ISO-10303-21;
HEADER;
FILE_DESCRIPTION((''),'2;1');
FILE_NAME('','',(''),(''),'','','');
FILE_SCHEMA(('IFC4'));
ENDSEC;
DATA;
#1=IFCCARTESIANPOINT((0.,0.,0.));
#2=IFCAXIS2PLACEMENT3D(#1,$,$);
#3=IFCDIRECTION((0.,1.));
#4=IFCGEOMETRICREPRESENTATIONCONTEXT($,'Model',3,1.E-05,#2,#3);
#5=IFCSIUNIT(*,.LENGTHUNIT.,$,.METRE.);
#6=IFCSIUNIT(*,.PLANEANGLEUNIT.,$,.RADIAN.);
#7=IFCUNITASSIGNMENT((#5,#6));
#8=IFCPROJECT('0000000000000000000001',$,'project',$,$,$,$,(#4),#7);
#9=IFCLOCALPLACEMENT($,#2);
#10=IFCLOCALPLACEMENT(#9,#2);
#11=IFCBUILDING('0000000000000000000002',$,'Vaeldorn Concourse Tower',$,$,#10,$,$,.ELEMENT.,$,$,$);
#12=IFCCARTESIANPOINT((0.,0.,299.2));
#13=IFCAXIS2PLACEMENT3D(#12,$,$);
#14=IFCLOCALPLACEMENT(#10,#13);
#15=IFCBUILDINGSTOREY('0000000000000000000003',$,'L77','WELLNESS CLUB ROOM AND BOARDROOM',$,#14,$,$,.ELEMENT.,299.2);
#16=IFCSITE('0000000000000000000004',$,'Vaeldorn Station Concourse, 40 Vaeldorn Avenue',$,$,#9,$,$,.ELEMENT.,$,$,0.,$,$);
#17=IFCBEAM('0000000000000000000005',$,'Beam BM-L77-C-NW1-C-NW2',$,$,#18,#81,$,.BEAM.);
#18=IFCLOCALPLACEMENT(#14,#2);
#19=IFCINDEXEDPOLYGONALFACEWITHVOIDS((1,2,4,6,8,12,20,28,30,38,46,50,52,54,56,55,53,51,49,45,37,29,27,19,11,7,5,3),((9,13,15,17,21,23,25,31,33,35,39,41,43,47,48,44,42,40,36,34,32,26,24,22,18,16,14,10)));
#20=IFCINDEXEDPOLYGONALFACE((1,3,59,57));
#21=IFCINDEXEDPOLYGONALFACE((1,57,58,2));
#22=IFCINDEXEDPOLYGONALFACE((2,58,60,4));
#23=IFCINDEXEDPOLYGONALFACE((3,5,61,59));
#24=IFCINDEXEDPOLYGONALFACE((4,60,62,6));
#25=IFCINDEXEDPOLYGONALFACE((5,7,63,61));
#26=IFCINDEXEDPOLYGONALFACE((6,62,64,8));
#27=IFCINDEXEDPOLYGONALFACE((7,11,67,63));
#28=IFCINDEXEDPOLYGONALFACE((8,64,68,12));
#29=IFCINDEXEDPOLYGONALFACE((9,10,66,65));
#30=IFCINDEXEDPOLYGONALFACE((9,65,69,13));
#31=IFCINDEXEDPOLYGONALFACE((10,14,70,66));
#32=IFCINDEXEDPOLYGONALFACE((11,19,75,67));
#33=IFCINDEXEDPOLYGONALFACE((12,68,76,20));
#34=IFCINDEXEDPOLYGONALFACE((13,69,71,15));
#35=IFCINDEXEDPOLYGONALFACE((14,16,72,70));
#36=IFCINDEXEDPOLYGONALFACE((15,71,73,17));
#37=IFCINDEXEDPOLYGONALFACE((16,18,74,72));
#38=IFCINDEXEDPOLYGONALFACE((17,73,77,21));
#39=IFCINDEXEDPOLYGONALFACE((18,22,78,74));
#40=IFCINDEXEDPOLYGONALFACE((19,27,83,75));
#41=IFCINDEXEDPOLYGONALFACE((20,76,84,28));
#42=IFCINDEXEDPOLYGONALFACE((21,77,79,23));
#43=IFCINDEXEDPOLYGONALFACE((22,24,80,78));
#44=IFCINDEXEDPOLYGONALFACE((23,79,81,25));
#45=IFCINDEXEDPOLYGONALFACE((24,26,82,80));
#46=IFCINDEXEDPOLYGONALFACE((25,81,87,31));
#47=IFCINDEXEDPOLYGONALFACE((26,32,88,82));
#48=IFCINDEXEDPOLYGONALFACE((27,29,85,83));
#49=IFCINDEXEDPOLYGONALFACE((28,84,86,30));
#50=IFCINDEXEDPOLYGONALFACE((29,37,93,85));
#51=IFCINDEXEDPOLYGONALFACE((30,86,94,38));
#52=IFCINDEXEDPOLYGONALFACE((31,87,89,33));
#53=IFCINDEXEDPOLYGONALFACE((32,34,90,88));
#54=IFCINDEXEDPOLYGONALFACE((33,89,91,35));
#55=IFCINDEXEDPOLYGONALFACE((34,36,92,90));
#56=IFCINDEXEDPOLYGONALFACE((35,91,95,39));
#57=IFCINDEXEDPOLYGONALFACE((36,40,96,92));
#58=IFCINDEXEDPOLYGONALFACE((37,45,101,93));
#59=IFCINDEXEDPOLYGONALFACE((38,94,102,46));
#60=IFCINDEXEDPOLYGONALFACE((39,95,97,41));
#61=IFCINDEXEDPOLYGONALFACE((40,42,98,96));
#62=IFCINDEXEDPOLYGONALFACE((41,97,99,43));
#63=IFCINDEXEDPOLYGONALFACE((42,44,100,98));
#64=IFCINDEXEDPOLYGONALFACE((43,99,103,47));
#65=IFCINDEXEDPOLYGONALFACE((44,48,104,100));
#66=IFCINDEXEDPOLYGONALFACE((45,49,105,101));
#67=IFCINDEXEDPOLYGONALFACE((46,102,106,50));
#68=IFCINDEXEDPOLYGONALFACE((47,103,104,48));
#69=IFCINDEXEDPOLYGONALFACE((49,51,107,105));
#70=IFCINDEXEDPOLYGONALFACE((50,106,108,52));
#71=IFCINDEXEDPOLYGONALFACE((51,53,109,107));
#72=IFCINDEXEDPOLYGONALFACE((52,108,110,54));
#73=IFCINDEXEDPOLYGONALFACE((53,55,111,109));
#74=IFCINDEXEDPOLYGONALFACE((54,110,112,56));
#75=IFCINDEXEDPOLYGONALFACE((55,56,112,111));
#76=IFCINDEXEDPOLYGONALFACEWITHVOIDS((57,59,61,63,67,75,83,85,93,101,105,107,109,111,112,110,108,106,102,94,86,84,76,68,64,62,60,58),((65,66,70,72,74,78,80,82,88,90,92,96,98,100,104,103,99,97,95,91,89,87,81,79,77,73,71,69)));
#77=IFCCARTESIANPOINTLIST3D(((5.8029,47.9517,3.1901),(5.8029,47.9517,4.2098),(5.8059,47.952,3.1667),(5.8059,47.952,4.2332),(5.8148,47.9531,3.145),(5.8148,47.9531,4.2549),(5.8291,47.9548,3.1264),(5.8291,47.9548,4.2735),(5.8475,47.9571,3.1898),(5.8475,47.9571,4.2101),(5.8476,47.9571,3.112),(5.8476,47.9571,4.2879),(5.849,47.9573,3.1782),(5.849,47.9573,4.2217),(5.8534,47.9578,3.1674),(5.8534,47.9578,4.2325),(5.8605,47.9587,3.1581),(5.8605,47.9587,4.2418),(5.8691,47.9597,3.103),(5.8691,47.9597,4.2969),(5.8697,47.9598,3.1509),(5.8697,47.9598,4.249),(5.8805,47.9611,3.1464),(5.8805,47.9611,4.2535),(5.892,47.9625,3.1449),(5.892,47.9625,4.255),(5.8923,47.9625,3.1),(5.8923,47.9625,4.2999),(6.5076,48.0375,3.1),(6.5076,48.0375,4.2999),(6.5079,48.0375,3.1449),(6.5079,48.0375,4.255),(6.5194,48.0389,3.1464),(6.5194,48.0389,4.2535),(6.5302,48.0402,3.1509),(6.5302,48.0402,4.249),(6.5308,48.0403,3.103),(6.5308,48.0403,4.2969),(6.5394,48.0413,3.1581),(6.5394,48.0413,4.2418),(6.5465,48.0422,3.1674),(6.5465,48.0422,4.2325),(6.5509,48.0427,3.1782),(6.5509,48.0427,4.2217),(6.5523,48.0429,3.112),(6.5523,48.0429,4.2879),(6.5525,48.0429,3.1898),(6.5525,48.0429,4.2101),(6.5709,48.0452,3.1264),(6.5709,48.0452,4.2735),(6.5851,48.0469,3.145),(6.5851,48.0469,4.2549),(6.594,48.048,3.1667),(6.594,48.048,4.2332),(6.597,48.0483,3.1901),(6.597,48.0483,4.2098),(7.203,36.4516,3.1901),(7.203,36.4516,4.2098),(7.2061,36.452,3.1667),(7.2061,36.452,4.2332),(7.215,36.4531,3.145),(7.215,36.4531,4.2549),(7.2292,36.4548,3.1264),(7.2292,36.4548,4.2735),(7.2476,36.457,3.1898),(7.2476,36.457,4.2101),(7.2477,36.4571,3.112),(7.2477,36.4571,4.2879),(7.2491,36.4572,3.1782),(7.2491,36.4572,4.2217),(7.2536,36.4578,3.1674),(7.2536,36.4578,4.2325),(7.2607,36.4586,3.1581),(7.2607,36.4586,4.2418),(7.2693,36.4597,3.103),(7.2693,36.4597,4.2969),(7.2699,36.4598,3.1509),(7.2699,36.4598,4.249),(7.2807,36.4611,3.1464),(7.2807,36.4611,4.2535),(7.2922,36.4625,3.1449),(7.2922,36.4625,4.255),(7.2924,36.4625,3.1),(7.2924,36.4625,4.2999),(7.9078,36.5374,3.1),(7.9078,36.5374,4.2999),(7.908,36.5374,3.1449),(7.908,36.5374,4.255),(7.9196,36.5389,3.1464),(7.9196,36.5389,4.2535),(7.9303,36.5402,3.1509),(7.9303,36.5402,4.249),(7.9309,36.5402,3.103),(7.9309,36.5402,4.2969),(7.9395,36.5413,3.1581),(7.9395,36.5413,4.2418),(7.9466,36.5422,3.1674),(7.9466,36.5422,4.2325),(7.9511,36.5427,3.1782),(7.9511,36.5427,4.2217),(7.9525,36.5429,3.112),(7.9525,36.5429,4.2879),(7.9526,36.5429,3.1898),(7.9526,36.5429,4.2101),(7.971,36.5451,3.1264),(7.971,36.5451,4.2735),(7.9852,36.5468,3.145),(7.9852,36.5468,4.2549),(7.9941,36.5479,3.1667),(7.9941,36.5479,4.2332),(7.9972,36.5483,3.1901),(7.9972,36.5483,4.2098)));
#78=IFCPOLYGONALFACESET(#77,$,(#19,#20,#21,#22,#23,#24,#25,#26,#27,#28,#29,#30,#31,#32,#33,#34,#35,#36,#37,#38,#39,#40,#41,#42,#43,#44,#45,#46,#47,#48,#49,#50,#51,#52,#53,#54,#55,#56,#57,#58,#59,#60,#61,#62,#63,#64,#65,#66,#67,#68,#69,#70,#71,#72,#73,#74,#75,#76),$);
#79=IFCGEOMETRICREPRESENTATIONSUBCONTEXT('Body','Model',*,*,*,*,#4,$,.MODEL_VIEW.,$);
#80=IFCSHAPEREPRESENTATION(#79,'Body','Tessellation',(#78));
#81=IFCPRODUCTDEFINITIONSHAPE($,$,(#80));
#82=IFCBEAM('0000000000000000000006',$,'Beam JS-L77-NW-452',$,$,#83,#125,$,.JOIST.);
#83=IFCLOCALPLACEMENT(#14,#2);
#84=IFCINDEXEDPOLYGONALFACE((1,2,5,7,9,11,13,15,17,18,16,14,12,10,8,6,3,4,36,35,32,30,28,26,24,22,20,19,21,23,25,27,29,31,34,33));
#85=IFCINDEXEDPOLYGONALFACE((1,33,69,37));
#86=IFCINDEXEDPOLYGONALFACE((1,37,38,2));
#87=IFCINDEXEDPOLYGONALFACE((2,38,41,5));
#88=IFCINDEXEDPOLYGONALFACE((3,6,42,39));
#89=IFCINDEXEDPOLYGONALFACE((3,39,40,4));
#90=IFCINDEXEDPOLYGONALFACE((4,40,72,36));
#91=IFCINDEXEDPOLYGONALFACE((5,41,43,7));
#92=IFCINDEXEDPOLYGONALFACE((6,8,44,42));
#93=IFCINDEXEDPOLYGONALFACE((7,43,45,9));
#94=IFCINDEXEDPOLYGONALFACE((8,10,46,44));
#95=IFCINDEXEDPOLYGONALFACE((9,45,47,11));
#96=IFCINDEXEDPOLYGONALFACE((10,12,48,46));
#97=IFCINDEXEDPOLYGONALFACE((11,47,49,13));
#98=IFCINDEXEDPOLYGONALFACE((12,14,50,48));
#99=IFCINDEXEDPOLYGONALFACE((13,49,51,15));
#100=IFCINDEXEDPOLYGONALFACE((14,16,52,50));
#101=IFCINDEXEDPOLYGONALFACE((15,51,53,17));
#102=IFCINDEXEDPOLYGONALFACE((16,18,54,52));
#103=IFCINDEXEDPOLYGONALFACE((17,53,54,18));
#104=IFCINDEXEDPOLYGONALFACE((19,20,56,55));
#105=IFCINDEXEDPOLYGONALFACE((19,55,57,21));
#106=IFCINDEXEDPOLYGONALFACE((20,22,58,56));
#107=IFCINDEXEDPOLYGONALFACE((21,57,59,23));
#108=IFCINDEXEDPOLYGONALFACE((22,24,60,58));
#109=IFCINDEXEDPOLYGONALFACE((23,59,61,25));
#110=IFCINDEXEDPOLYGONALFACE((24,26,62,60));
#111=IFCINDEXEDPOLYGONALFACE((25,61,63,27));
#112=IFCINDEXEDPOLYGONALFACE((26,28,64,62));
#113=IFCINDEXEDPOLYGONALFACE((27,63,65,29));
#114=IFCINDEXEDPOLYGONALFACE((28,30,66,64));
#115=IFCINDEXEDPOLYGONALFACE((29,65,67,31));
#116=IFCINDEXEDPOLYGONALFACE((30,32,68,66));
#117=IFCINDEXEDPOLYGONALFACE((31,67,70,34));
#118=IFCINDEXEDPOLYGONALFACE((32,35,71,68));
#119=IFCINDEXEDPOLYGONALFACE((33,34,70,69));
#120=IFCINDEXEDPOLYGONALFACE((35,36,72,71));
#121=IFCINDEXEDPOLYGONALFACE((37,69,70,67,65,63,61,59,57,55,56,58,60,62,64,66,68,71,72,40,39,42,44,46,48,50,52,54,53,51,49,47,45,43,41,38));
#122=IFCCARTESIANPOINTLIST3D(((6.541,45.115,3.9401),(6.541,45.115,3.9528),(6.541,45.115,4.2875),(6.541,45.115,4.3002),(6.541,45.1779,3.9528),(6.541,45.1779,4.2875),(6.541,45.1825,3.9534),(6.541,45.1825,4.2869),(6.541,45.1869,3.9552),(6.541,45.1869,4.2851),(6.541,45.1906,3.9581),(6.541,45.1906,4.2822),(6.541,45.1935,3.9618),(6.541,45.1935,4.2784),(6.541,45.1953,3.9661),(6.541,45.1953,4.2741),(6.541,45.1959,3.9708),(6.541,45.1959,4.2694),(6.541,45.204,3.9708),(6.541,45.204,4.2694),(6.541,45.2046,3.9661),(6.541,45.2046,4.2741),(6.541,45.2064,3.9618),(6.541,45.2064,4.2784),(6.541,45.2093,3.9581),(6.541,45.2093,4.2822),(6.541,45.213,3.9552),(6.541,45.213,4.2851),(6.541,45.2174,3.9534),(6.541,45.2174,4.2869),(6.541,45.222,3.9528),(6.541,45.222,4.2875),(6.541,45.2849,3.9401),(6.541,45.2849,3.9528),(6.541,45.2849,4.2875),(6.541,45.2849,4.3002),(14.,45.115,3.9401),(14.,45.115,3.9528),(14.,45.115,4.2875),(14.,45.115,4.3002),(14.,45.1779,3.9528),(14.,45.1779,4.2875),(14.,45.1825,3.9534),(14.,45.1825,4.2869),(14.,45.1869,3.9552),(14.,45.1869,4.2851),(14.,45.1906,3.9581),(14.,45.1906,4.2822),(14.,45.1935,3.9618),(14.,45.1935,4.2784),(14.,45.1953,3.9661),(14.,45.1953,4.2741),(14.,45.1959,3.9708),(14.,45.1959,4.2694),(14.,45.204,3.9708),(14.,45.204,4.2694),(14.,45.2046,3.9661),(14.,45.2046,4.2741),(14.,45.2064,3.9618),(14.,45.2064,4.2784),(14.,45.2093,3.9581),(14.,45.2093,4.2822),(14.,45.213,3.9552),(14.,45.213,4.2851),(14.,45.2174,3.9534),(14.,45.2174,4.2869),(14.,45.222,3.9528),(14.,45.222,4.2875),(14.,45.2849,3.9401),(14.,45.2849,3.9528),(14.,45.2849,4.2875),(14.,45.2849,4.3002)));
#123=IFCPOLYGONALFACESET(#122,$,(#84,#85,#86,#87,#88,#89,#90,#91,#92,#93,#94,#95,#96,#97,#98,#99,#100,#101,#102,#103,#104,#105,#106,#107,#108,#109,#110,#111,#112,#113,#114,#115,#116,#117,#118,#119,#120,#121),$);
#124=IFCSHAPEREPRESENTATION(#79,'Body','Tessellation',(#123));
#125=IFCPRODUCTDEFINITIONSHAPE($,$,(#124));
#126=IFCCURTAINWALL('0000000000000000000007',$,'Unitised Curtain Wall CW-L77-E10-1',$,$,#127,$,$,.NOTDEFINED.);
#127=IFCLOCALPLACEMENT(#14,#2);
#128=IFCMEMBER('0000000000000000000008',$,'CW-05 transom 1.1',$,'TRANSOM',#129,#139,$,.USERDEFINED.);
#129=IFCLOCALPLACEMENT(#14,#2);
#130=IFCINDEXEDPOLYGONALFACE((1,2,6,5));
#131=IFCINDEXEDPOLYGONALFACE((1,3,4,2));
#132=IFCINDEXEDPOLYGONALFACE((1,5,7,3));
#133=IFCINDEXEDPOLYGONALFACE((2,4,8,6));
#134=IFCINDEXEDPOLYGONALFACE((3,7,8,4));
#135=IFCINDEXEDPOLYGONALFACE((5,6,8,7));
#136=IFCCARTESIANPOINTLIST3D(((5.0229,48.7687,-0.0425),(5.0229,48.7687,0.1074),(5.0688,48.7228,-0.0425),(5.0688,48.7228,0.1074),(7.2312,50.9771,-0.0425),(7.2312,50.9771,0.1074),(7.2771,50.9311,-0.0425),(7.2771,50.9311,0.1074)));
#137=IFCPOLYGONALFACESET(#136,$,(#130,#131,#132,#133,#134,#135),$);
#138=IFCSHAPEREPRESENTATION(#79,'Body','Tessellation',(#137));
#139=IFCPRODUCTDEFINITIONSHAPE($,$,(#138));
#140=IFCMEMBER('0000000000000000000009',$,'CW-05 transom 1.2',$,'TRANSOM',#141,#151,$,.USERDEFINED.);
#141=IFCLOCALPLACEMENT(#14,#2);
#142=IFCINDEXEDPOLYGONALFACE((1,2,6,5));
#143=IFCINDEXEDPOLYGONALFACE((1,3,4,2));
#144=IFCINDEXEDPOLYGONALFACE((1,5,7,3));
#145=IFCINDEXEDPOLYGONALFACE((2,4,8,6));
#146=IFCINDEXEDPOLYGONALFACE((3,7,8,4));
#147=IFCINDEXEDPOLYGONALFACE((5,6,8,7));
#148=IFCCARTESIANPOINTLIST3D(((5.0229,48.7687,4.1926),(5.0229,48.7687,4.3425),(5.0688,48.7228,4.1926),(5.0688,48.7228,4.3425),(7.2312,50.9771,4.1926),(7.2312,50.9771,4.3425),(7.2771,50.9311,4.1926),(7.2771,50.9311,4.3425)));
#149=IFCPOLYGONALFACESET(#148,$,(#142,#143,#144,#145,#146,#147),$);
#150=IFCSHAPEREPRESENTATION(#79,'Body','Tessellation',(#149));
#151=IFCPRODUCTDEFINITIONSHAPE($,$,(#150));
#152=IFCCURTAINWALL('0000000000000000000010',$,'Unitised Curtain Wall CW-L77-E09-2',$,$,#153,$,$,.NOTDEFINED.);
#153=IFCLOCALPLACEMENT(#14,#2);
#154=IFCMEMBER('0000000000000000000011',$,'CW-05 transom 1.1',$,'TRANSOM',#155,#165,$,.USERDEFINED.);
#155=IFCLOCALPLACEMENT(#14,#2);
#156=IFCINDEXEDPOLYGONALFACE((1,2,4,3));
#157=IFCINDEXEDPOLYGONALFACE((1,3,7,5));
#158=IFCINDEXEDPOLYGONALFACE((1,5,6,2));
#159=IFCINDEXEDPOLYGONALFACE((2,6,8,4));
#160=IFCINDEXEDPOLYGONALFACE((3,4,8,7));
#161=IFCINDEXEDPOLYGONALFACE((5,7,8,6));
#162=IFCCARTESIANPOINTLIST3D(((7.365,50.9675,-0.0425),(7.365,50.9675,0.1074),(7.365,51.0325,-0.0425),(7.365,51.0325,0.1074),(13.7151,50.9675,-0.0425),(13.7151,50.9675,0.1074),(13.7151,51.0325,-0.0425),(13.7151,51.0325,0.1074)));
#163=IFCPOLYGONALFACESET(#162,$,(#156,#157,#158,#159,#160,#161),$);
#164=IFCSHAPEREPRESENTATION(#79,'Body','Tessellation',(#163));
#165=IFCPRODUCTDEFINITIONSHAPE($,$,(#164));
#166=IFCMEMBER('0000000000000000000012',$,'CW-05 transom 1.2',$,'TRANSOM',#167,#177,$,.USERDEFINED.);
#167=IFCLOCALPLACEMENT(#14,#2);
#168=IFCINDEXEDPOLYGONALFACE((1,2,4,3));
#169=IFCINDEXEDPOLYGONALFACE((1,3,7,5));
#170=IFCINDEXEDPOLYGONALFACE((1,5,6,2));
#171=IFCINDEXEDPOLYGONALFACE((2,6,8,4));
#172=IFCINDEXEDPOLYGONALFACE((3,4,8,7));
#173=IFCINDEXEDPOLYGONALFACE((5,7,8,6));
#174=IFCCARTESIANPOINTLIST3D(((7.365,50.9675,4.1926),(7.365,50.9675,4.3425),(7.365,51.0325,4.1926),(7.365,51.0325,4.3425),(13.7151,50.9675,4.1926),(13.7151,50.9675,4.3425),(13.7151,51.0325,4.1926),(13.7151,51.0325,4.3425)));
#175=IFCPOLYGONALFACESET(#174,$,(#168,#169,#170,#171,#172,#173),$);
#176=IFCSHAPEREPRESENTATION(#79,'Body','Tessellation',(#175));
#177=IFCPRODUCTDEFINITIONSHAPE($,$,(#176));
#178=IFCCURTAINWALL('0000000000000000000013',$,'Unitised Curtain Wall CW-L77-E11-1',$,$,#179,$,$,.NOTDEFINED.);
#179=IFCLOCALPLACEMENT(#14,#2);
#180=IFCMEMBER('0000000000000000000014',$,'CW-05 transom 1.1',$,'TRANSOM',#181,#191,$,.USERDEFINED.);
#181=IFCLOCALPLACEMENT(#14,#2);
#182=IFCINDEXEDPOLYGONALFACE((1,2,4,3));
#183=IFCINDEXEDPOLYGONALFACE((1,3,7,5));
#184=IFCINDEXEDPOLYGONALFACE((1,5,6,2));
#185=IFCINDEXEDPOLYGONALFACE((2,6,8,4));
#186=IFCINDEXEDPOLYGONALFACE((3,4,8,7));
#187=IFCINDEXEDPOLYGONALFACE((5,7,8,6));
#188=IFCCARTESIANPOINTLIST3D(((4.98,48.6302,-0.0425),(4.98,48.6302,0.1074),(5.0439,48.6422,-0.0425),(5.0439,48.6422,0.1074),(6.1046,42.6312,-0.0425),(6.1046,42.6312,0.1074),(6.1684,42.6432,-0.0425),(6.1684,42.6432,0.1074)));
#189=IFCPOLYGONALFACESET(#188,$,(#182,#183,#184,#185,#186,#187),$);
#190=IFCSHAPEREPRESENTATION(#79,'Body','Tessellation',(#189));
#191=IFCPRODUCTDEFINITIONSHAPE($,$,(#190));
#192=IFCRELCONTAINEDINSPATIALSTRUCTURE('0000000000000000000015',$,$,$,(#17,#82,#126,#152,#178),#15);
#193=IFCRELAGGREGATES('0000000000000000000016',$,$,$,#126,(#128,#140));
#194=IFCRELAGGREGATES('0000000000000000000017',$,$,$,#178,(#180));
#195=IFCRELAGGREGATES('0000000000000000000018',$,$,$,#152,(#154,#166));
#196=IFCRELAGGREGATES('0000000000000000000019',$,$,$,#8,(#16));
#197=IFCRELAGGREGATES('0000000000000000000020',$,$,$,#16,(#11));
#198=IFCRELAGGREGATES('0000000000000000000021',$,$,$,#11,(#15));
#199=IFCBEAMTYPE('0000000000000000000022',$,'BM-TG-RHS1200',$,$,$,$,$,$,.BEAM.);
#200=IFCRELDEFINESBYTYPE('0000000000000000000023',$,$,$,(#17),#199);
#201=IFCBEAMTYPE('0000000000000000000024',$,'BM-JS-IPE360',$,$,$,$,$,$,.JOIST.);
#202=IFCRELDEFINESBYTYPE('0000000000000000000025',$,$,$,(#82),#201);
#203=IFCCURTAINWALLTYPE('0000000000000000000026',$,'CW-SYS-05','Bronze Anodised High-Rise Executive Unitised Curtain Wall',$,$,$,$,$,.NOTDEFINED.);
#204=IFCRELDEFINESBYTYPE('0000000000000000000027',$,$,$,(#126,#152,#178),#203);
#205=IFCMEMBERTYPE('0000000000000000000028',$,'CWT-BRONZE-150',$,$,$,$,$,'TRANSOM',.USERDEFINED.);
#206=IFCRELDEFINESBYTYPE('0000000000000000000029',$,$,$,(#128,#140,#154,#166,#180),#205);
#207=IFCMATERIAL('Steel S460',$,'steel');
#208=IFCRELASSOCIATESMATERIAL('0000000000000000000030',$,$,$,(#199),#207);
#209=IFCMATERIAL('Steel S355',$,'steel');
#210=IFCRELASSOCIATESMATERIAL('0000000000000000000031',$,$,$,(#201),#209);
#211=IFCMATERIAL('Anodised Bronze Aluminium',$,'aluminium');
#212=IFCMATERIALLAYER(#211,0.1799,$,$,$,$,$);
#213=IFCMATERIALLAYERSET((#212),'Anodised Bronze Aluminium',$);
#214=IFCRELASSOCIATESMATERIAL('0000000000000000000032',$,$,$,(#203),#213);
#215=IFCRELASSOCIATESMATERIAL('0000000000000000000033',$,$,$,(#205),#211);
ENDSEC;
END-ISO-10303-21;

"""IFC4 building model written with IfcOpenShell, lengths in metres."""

from ifc_helpers import new_model, si_unit, direction, frame, origin, origin_2d, place, context, subcontext, project, spatial, rectangle, hollow_rectangle, i_section, extrude, source, transform, mapped, material, layer, layer_set, material_profile, profile_set, type_object, element, aggregate, save


model = new_model("IFC4")

# Units and contexts
model_context = context("Model", 3, precision=1e-05, world=origin(), true_north=direction((0.0, 1.0)))
body_context = subcontext(model_context, "Body", "Model", "MODEL_VIEW")
ifc_project = project(units=[si_unit("LENGTHUNIT", "METRE"), si_unit("PLANEANGLEUNIT", "RADIAN")], contexts=[model_context])

# Site, building, storey
site_placement = place(None, origin())
site = spatial("IfcSite", under=ifc_project, at=site_placement, Name="Vaeldorn Station Concourse, 40 Vaeldorn Avenue", CompositionType="ELEMENT", RefElevation=0.0)
building_placement = place(site_placement, origin())
building = spatial("IfcBuilding", under=site, at=building_placement, Name="Vaeldorn Concourse Tower", CompositionType="ELEMENT")
storey_placement = place(building_placement, frame((0.0, 0.0, 299.2)))
storey = spatial("IfcBuildingStorey", under=building, at=storey_placement, Name="L77", Description="WELLNESS CLUB ROOM AND BOARDROOM", CompositionType="ELEMENT", Elevation=299.2)

# Shared definitions
ifc_material_1 = material(Name="Steel S355", Category="steel")

# Beams
ifc_material_2 = material(Name="Steel S460", Category="steel")
ifc_material_profile_1 = material_profile(ifc_material_2, hollow_rectangle(XDim=0.8, YDim=1.2, WallThickness=0.0449, InnerFilletRadius=0.0449, OuterFilletRadius=0.0901, at=origin_2d()), Name="RHS 1200x800x45")
ifc_profile_set_1 = profile_set([ifc_material_profile_1], Name="Steel S460")
beam_type_1 = type_object("IfcBeamType", Name="BM-TG-RHS1200", PredefinedType="BEAM", material=ifc_profile_set_1)
shared_shape_1 = source(origin(), body_context, "Body", "SweptSolid", [
    extrude(hollow_rectangle(XDim=0.8, YDim=1.2, WallThickness=0.0449, InnerFilletRadius=0.0449, OuterFilletRadius=0.0901, at=origin_2d()), origin(), (0.0, 0.0, 1.0), 11.585),
])
beam_1_placement = place(storey_placement, frame((6.2, 48.0, 3.7), z_axis=(0.120859, -0.99267, 0.0), x_axis=(0.99267, 0.120859, 0.0)))
element("IfcBeam", 1, at=beam_1_placement, inside=storey, type_object=beam_type_1, Name="Beam BM-L77-C-NW1-C-NW2", PredefinedType="BEAM", context=body_context, shape_type="MappedRepresentation", body=[
    mapped(shared_shape_1, transform((0.0, 0.0, 0.0), scale=1.0)),
])
ifc_material_profile_2 = material_profile(ifc_material_1, i_section(OverallWidth=0.1699, OverallDepth=0.3601, WebThickness=0.0081, FlangeThickness=0.0127, FilletRadius=0.0181, at=origin_2d()), Name="IPE 360")
ifc_profile_set_2 = profile_set([ifc_material_profile_2], Name="Steel S355")
beam_type_2 = type_object("IfcBeamType", Name="BM-JS-IPE360", PredefinedType="JOIST", material=ifc_profile_set_2)
shared_shape_2 = source(origin(), body_context, "Body", "SweptSolid", [
    extrude(i_section(OverallWidth=0.1699, OverallDepth=0.3601, WebThickness=0.0081, FlangeThickness=0.0127, FilletRadius=0.0181, at=origin_2d()), origin(), (0.0, 0.0, 1.0), 7.459),
])
beam_2_placement = place(storey_placement, frame((6.541, 45.2, 4.1201), z_axis=(1.0, 0.0, 0.0), x_axis=(0.0, 1.0, 0.0)))
element("IfcBeam", 2, at=beam_2_placement, inside=storey, type_object=beam_type_2, Name="Beam JS-L77-NW-452", PredefinedType="JOIST", context=body_context, shape_type="MappedRepresentation", body=[
    mapped(shared_shape_2, transform((0.0, 0.0, 0.0), scale=1.0)),
])

# Curtain walls, members
ifc_material_3 = material(Name="Anodised Bronze Aluminium", Category="aluminium")
ifc_layer_1 = layer(ifc_material_3, 0.1799)
ifc_layer_set_1 = layer_set([ifc_layer_1], Name="Anodised Bronze Aluminium")
curtain_wall_type = type_object("IfcCurtainWallType", Name="CW-SYS-05", Description="Bronze Anodised High-Rise Executive Unitised Curtain Wall", PredefinedType="NOTDEFINED", material=ifc_layer_set_1)
curtain_wall_1_placement = place(storey_placement, origin())
curtain_wall_1 = element("IfcCurtainWall", 3, at=curtain_wall_1_placement, inside=storey, type_object=curtain_wall_type, Name="Unitised Curtain Wall CW-L77-E10-1", PredefinedType="NOTDEFINED")
ifc_material_profile_3 = material_profile(ifc_material_3, rectangle(XDim=0.0649, YDim=0.1499, at=origin_2d()), Name="CWT 65x150")
ifc_profile_set_3 = profile_set([ifc_material_profile_3], Name="Anodised Bronze Aluminium")
member_type_1 = type_object("IfcMemberType", Name="CWT-BRONZE-150", ElementType="TRANSOM", PredefinedType="USERDEFINED", material=ifc_profile_set_3)
shared_shape_3 = source(origin(), body_context, "Body", "SweptSolid", [
    extrude(rectangle(XDim=0.0649, YDim=0.1499, at=origin_2d()), origin(), (0.0, 0.0, 1.0), 3.123),
])
member_1_placement = place(storey_placement, frame((7.2542, 50.9541, 0.0325), z_axis=(-0.707107, -0.707107, 0.0), x_axis=(0.707107, -0.707107, 0.0)))
member_1 = element("IfcMember", 4, at=member_1_placement, type_object=member_type_1, Name="CW-05 transom 1.1", ObjectType="TRANSOM", PredefinedType="USERDEFINED", context=body_context, shape_type="MappedRepresentation", body=[
    mapped(shared_shape_3, transform((0.0, 0.0, 0.0), scale=1.0)),
])
member_2_placement = place(storey_placement, frame((7.2542, 50.9541, 4.2676), z_axis=(-0.707107, -0.707107, 0.0), x_axis=(0.707107, -0.707107, 0.0)))
member_2 = element("IfcMember", 5, at=member_2_placement, type_object=member_type_1, Name="CW-05 transom 1.2", ObjectType="TRANSOM", PredefinedType="USERDEFINED", context=body_context, shape_type="MappedRepresentation", body=[
    mapped(shared_shape_3, transform((0.0, 0.0, 0.0), scale=1.0)),
])
curtain_wall_2_placement = place(storey_placement, origin())
curtain_wall_2 = element("IfcCurtainWall", 6, at=curtain_wall_2_placement, inside=storey, type_object=curtain_wall_type, Name="Unitised Curtain Wall CW-L77-E09-2", PredefinedType="NOTDEFINED")
shared_shape_4 = source(origin(), body_context, "Body", "SweptSolid", [
    extrude(rectangle(XDim=0.0649, YDim=0.1499, at=origin_2d()), origin(), (0.0, 0.0, 1.0), 6.3501),
])
member_3_placement = place(storey_placement, frame((13.7151, 51.0, 0.0325), z_axis=(-1.0, 0.0, 0.0), x_axis=(0.0, -1.0, 0.0)))
member_3 = element("IfcMember", 7, at=member_3_placement, type_object=member_type_1, Name="CW-05 transom 1.1", ObjectType="TRANSOM", PredefinedType="USERDEFINED", context=body_context, shape_type="MappedRepresentation", body=[
    mapped(shared_shape_4, transform((0.0, 0.0, 0.0), scale=1.0)),
])
member_4_placement = place(storey_placement, frame((13.7151, 51.0, 4.2676), z_axis=(-1.0, 0.0, 0.0), x_axis=(0.0, -1.0, 0.0)))
member_4 = element("IfcMember", 8, at=member_4_placement, type_object=member_type_1, Name="CW-05 transom 1.2", ObjectType="TRANSOM", PredefinedType="USERDEFINED", context=body_context, shape_type="MappedRepresentation", body=[
    mapped(shared_shape_4, transform((0.0, 0.0, 0.0), scale=1.0)),
])
curtain_wall_3_placement = place(storey_placement, origin())
curtain_wall_3 = element("IfcCurtainWall", 9, at=curtain_wall_3_placement, inside=storey, type_object=curtain_wall_type, Name="Unitised Curtain Wall CW-L77-E11-1", PredefinedType="NOTDEFINED")
shared_shape_5 = source(origin(), body_context, "Body", "SweptSolid", [
    extrude(rectangle(XDim=0.0649, YDim=0.1499, at=origin_2d()), origin(), (0.0, 0.0, 1.0), 6.1035),
])
member_5_placement = place(storey_placement, frame((5.012, 48.6362, 0.0325), z_axis=(0.18424, -0.982881, 0.0), x_axis=(0.982881, 0.18424, 0.0)))
member_5 = element("IfcMember", 10, at=member_5_placement, type_object=member_type_1, Name="CW-05 transom 1.1", ObjectType="TRANSOM", PredefinedType="USERDEFINED", context=body_context, shape_type="MappedRepresentation", body=[
    mapped(shared_shape_5, transform((0.0, 0.0, 0.0), scale=1.0)),
])

aggregate(curtain_wall_1, [member_1, member_2])
aggregate(curtain_wall_3, [member_5])
aggregate(curtain_wall_2, [member_3, member_4])

save(model, "model.ifc")
